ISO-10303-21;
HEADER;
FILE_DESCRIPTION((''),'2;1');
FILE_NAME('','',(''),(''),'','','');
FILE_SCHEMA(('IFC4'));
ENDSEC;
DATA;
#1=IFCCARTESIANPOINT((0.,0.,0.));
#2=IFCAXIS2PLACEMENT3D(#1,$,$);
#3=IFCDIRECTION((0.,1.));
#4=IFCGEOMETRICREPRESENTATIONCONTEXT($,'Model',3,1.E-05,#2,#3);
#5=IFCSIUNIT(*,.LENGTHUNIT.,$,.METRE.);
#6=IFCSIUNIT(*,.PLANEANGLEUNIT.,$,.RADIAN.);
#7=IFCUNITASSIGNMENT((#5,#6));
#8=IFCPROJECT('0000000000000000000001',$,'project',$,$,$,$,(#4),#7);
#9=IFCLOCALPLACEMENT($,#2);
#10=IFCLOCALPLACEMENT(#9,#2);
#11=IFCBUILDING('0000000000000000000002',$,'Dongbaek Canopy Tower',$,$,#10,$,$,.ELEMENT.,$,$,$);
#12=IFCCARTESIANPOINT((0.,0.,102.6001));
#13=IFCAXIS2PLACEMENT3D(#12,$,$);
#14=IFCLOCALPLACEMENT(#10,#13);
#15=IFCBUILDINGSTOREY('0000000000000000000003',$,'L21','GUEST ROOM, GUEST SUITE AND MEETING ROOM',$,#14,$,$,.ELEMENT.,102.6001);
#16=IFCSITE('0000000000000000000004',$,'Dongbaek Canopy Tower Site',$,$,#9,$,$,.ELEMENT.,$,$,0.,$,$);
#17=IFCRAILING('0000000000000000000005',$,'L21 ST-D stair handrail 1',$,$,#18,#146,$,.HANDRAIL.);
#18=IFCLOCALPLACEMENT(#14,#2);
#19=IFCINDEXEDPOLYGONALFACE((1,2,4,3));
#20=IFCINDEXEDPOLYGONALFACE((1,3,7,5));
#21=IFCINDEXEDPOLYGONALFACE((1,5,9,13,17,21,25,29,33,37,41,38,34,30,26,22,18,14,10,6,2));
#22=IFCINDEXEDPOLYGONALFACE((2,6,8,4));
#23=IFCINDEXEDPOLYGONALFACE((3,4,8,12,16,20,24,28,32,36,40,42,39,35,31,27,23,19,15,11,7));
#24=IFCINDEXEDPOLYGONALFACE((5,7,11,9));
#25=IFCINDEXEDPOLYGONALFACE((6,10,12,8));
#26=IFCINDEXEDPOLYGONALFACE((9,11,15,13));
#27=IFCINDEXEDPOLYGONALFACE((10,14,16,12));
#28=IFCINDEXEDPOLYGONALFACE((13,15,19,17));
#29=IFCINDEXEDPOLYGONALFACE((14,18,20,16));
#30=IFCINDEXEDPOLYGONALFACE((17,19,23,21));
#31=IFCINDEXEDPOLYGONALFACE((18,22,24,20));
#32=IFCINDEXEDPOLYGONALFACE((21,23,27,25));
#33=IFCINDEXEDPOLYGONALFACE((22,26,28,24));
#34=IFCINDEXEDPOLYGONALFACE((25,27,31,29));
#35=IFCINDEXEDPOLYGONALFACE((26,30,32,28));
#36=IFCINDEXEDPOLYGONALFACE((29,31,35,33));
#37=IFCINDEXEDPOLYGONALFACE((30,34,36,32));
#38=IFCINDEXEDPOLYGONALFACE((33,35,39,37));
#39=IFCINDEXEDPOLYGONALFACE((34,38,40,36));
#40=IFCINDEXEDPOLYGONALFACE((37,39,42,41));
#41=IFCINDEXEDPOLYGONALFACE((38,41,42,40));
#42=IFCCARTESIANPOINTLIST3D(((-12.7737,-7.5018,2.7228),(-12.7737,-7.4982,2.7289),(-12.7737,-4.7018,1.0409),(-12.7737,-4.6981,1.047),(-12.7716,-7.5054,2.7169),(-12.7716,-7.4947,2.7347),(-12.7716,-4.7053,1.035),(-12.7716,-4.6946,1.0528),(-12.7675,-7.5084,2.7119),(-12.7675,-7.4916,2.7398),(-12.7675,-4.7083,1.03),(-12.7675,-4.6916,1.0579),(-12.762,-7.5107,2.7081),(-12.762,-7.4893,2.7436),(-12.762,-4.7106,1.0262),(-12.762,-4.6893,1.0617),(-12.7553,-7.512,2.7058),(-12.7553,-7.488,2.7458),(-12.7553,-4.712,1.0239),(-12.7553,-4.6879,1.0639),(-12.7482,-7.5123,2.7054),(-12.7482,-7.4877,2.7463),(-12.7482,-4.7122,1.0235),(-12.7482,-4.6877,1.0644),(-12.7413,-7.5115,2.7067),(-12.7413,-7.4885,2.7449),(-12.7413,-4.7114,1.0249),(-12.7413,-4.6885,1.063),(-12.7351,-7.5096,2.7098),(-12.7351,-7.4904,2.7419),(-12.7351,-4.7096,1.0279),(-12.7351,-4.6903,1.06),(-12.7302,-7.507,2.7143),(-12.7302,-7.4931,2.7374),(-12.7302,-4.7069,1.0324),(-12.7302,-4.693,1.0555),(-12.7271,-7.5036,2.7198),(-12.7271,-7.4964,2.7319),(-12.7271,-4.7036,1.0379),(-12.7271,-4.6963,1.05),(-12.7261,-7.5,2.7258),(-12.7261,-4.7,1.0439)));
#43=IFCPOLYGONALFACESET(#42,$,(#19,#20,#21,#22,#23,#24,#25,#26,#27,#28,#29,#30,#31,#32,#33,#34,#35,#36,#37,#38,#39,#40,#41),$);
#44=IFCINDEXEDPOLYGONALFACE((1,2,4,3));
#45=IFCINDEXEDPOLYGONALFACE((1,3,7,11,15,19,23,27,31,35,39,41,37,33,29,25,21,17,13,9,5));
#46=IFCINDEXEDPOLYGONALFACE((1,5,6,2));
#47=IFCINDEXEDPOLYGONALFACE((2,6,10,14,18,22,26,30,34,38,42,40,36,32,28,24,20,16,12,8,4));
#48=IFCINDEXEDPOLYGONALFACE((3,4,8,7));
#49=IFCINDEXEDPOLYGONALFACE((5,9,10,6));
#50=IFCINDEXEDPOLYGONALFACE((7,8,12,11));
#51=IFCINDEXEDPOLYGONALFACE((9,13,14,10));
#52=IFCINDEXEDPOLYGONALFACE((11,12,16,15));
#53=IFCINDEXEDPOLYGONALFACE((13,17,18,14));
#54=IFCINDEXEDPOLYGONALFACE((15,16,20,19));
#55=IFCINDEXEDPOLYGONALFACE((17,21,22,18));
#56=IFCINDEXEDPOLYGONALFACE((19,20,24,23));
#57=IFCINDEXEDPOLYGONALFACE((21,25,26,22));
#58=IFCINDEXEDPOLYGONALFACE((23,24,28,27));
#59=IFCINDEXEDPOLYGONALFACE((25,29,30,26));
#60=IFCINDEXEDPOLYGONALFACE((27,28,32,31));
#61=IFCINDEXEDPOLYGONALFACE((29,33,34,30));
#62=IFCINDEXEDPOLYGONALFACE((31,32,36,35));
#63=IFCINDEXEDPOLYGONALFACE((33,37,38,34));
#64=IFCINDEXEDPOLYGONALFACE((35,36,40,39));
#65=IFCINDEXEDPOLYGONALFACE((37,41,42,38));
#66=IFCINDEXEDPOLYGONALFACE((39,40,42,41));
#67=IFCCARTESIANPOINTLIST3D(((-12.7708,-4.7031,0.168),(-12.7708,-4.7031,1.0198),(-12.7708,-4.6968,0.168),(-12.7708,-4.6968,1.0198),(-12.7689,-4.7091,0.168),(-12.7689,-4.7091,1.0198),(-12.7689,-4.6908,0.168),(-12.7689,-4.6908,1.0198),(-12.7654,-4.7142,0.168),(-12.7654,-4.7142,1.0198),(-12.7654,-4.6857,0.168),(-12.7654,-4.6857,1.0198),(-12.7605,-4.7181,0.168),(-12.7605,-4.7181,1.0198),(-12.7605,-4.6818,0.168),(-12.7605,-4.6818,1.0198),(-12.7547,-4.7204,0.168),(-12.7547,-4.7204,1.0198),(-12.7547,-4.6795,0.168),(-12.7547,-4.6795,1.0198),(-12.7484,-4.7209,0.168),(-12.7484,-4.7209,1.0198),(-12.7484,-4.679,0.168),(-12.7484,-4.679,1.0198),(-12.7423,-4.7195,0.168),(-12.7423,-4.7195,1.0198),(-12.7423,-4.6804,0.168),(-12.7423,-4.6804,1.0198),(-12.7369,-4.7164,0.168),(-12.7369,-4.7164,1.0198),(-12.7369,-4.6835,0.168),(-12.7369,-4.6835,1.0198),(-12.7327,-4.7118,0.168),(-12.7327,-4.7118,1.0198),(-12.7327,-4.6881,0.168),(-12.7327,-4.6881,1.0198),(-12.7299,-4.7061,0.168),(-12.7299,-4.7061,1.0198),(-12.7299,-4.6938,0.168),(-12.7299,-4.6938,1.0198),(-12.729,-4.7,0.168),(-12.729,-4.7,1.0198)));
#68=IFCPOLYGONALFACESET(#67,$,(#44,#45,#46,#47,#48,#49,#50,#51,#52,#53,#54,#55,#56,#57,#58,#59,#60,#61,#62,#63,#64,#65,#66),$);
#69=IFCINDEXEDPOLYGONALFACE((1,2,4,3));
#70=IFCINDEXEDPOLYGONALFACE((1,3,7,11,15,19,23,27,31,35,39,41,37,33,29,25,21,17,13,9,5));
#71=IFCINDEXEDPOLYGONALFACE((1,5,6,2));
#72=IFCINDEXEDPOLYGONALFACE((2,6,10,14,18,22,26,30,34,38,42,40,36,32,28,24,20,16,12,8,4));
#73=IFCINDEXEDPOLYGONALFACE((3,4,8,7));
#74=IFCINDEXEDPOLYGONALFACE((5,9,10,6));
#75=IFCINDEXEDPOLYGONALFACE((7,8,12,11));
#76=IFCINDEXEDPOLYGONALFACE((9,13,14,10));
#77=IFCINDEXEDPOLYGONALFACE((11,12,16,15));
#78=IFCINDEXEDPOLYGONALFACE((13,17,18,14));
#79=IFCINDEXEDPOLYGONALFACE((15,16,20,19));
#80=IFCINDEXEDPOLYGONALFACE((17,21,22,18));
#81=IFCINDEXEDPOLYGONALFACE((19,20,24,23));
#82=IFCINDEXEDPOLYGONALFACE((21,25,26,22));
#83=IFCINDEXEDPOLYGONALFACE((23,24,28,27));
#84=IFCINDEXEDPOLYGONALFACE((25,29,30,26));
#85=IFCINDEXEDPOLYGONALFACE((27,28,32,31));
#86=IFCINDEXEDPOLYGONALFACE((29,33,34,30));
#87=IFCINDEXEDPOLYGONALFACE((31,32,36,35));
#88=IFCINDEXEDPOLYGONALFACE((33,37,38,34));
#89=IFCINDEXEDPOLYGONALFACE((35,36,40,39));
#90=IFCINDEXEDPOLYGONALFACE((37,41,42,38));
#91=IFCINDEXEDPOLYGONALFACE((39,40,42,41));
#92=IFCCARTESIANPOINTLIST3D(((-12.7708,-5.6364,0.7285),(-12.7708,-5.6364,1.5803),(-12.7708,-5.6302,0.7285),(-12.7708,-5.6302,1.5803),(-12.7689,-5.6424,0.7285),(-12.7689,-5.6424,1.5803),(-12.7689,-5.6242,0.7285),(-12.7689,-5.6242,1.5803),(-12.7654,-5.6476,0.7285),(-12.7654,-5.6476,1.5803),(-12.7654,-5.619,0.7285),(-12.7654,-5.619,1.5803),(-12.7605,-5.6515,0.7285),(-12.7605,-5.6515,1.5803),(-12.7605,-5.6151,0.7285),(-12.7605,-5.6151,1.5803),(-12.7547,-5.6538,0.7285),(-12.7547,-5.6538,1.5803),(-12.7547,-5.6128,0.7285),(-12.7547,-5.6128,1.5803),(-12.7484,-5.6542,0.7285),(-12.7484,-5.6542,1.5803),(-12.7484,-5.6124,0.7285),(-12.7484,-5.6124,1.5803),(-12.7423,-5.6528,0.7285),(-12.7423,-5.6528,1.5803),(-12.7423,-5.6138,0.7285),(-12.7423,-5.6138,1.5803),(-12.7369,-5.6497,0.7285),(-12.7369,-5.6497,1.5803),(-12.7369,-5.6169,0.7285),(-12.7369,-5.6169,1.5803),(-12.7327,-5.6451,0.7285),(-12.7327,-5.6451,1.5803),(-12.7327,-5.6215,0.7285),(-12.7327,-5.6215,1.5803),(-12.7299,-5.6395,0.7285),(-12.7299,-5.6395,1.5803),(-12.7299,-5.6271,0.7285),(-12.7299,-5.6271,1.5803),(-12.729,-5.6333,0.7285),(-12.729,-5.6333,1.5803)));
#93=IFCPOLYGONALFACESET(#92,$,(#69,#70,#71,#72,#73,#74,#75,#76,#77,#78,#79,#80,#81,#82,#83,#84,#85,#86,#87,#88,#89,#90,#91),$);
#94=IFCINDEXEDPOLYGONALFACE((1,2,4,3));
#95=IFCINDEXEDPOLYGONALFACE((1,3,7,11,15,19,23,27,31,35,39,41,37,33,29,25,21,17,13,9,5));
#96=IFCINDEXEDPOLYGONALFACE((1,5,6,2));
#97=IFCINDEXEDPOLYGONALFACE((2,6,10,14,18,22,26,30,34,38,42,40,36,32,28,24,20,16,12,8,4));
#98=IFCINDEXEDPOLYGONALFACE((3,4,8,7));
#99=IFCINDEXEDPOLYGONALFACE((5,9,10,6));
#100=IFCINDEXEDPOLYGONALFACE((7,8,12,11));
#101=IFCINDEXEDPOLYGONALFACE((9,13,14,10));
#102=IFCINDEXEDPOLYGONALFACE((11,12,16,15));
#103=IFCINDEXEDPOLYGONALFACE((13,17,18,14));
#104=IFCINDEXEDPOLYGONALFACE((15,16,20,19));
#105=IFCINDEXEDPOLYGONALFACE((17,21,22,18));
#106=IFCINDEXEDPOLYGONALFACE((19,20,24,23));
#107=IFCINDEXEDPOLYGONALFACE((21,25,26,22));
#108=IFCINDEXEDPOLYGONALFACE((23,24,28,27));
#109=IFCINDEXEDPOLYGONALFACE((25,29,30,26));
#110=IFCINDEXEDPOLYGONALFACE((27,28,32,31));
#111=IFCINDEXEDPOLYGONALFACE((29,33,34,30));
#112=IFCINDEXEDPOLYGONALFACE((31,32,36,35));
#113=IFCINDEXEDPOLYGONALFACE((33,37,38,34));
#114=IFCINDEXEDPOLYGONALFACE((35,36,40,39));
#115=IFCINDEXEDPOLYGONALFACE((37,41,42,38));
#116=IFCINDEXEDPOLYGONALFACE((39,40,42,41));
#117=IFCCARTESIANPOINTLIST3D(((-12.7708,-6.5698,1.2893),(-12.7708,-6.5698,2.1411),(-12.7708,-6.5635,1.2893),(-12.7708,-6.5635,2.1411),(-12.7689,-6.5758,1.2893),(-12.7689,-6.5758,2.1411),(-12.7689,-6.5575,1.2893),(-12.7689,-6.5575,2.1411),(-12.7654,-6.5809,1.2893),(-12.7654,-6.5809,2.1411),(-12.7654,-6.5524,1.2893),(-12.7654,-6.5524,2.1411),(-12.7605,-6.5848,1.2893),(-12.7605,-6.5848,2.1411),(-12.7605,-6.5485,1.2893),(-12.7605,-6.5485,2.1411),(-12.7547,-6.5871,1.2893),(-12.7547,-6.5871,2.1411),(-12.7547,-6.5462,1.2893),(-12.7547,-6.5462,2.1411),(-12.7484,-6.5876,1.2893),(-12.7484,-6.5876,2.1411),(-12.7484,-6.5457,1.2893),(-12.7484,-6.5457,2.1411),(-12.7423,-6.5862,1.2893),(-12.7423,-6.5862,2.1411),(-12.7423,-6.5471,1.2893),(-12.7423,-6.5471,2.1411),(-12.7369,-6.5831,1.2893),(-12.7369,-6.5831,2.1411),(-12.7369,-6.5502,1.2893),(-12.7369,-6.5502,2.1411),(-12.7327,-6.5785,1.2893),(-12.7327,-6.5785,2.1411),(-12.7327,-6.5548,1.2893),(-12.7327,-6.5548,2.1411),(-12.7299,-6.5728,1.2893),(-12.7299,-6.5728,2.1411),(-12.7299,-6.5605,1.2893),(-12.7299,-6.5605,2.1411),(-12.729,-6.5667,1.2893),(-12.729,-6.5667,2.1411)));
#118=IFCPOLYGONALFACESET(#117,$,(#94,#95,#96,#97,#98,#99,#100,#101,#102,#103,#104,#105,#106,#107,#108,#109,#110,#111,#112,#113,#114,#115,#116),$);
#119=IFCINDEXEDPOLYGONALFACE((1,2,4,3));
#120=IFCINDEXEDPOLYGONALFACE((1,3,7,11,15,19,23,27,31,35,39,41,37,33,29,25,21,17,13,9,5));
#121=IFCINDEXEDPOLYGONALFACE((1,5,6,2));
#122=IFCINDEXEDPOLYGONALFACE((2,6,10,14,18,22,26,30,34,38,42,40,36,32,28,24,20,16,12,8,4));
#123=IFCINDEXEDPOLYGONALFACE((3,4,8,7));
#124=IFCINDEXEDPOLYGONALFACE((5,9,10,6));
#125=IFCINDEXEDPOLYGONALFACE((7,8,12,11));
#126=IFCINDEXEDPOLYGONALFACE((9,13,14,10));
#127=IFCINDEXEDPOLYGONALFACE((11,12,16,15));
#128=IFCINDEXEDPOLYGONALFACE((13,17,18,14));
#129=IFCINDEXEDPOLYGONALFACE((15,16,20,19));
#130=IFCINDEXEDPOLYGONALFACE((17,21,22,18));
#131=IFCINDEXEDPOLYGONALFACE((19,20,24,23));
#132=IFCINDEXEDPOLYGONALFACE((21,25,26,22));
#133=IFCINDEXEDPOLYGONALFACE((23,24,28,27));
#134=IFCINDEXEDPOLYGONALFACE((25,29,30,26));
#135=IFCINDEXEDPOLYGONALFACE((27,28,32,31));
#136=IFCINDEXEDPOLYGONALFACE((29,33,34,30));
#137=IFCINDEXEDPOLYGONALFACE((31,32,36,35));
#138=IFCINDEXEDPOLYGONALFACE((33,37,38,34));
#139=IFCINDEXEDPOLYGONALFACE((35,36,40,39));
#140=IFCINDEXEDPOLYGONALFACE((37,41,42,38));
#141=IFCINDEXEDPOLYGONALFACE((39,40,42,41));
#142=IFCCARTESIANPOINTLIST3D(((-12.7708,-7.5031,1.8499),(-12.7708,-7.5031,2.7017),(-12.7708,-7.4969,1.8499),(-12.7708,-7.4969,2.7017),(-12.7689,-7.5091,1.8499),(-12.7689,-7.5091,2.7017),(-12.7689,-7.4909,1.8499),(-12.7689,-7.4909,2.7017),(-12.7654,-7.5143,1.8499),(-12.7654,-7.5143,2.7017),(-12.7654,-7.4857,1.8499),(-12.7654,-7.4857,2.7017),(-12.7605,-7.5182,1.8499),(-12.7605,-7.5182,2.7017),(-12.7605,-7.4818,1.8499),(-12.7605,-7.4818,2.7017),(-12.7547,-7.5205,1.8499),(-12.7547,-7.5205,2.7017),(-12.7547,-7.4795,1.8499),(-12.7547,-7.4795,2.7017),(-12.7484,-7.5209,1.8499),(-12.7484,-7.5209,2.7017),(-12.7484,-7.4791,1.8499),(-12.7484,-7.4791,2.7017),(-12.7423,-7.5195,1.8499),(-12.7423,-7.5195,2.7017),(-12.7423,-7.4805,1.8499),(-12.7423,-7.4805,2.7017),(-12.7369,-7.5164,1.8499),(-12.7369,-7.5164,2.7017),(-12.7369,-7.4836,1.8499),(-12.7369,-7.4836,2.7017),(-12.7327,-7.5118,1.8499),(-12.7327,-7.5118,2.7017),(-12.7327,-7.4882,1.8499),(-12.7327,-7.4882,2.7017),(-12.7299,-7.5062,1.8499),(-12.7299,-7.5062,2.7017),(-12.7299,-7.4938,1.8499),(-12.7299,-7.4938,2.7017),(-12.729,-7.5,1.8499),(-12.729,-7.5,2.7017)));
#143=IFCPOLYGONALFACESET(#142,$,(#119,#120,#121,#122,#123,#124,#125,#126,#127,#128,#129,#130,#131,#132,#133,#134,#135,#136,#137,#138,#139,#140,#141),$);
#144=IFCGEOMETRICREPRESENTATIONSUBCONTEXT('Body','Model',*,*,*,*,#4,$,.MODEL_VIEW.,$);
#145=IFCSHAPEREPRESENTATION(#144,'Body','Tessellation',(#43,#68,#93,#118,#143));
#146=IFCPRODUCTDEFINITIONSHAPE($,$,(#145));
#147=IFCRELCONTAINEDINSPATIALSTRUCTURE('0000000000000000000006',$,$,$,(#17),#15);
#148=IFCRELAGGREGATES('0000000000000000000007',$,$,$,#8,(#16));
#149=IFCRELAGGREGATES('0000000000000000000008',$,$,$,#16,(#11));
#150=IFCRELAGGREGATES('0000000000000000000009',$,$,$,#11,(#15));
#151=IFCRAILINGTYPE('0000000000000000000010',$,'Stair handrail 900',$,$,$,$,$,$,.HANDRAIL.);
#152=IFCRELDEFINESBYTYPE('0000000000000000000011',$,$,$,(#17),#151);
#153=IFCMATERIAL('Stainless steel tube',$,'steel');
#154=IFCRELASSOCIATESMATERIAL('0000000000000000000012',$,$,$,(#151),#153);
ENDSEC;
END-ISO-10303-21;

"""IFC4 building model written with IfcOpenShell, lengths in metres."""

from ifc_helpers import new_model, si_unit, direction, frame, origin, origin_2d, place, context, subcontext, project, spatial, circle, extrude, material, type_object, element, save


model = new_model("IFC4")

# Units and contexts
model_context = context("Model", 3, precision=1e-05, world=origin(), true_north=direction((0.0, 1.0)))
body_context = subcontext(model_context, "Body", "Model", "MODEL_VIEW")
ifc_project = project(units=[si_unit("LENGTHUNIT", "METRE"), si_unit("PLANEANGLEUNIT", "RADIAN")], contexts=[model_context])

# Site, building, storey
site_placement = place(None, origin())
site = spatial("IfcSite", under=ifc_project, at=site_placement, Name="Dongbaek Canopy Tower Site", CompositionType="ELEMENT", RefElevation=0.0)
building_placement = place(site_placement, origin())
building = spatial("IfcBuilding", under=site, at=building_placement, Name="Dongbaek Canopy Tower", CompositionType="ELEMENT")
storey_placement = place(building_placement, frame((0.0, 0.0, 102.6001)))
storey = spatial("IfcBuildingStorey", under=building, at=storey_placement, Name="L21", Description="GUEST ROOM, GUEST SUITE AND MEETING ROOM", CompositionType="ELEMENT", Elevation=102.6001)

# Railing
ifc_material_1 = material(Name="Stainless steel tube", Category="steel")
railing_type_1 = type_object("IfcRailingType", Name="Stair handrail 900", PredefinedType="HANDRAIL", material=ifc_material_1)
railing_1_placement = place(storey_placement, frame((-12.75, -4.7, 0.168)))
element("IfcRailing", 1, at=railing_1_placement, inside=storey, type_object=railing_type_1, Name="L21 ST-D stair handrail 1", PredefinedType="HANDRAIL", context=body_context, shape_type="SweptSolid", body=[
    extrude(circle(Radius=0.0239, at=origin_2d()), frame((0.0, 0.0, 0.876), z_axis=(0.0, -0.857242, 0.514913), x_axis=(1.0, 0.0, 0.0)), (0.0, 0.0, 1.0), 3.2664),
    extrude(circle(Radius=0.021, at=origin_2d()), origin(), (0.0, 0.0, 1.0), 0.8518),
    extrude(circle(Radius=0.021, at=origin_2d()), frame((0.0, -0.9333, 0.5605)), (0.0, 0.0, 1.0), 0.8518),
    extrude(circle(Radius=0.021, at=origin_2d()), frame((0.0, -1.8667, 1.1213)), (0.0, 0.0, 1.0), 0.8518),
    extrude(circle(Radius=0.021, at=origin_2d()), frame((0.0, -2.8, 1.6819)), (0.0, 0.0, 1.0), 0.8518),
])

save(model, "model.ifc")
